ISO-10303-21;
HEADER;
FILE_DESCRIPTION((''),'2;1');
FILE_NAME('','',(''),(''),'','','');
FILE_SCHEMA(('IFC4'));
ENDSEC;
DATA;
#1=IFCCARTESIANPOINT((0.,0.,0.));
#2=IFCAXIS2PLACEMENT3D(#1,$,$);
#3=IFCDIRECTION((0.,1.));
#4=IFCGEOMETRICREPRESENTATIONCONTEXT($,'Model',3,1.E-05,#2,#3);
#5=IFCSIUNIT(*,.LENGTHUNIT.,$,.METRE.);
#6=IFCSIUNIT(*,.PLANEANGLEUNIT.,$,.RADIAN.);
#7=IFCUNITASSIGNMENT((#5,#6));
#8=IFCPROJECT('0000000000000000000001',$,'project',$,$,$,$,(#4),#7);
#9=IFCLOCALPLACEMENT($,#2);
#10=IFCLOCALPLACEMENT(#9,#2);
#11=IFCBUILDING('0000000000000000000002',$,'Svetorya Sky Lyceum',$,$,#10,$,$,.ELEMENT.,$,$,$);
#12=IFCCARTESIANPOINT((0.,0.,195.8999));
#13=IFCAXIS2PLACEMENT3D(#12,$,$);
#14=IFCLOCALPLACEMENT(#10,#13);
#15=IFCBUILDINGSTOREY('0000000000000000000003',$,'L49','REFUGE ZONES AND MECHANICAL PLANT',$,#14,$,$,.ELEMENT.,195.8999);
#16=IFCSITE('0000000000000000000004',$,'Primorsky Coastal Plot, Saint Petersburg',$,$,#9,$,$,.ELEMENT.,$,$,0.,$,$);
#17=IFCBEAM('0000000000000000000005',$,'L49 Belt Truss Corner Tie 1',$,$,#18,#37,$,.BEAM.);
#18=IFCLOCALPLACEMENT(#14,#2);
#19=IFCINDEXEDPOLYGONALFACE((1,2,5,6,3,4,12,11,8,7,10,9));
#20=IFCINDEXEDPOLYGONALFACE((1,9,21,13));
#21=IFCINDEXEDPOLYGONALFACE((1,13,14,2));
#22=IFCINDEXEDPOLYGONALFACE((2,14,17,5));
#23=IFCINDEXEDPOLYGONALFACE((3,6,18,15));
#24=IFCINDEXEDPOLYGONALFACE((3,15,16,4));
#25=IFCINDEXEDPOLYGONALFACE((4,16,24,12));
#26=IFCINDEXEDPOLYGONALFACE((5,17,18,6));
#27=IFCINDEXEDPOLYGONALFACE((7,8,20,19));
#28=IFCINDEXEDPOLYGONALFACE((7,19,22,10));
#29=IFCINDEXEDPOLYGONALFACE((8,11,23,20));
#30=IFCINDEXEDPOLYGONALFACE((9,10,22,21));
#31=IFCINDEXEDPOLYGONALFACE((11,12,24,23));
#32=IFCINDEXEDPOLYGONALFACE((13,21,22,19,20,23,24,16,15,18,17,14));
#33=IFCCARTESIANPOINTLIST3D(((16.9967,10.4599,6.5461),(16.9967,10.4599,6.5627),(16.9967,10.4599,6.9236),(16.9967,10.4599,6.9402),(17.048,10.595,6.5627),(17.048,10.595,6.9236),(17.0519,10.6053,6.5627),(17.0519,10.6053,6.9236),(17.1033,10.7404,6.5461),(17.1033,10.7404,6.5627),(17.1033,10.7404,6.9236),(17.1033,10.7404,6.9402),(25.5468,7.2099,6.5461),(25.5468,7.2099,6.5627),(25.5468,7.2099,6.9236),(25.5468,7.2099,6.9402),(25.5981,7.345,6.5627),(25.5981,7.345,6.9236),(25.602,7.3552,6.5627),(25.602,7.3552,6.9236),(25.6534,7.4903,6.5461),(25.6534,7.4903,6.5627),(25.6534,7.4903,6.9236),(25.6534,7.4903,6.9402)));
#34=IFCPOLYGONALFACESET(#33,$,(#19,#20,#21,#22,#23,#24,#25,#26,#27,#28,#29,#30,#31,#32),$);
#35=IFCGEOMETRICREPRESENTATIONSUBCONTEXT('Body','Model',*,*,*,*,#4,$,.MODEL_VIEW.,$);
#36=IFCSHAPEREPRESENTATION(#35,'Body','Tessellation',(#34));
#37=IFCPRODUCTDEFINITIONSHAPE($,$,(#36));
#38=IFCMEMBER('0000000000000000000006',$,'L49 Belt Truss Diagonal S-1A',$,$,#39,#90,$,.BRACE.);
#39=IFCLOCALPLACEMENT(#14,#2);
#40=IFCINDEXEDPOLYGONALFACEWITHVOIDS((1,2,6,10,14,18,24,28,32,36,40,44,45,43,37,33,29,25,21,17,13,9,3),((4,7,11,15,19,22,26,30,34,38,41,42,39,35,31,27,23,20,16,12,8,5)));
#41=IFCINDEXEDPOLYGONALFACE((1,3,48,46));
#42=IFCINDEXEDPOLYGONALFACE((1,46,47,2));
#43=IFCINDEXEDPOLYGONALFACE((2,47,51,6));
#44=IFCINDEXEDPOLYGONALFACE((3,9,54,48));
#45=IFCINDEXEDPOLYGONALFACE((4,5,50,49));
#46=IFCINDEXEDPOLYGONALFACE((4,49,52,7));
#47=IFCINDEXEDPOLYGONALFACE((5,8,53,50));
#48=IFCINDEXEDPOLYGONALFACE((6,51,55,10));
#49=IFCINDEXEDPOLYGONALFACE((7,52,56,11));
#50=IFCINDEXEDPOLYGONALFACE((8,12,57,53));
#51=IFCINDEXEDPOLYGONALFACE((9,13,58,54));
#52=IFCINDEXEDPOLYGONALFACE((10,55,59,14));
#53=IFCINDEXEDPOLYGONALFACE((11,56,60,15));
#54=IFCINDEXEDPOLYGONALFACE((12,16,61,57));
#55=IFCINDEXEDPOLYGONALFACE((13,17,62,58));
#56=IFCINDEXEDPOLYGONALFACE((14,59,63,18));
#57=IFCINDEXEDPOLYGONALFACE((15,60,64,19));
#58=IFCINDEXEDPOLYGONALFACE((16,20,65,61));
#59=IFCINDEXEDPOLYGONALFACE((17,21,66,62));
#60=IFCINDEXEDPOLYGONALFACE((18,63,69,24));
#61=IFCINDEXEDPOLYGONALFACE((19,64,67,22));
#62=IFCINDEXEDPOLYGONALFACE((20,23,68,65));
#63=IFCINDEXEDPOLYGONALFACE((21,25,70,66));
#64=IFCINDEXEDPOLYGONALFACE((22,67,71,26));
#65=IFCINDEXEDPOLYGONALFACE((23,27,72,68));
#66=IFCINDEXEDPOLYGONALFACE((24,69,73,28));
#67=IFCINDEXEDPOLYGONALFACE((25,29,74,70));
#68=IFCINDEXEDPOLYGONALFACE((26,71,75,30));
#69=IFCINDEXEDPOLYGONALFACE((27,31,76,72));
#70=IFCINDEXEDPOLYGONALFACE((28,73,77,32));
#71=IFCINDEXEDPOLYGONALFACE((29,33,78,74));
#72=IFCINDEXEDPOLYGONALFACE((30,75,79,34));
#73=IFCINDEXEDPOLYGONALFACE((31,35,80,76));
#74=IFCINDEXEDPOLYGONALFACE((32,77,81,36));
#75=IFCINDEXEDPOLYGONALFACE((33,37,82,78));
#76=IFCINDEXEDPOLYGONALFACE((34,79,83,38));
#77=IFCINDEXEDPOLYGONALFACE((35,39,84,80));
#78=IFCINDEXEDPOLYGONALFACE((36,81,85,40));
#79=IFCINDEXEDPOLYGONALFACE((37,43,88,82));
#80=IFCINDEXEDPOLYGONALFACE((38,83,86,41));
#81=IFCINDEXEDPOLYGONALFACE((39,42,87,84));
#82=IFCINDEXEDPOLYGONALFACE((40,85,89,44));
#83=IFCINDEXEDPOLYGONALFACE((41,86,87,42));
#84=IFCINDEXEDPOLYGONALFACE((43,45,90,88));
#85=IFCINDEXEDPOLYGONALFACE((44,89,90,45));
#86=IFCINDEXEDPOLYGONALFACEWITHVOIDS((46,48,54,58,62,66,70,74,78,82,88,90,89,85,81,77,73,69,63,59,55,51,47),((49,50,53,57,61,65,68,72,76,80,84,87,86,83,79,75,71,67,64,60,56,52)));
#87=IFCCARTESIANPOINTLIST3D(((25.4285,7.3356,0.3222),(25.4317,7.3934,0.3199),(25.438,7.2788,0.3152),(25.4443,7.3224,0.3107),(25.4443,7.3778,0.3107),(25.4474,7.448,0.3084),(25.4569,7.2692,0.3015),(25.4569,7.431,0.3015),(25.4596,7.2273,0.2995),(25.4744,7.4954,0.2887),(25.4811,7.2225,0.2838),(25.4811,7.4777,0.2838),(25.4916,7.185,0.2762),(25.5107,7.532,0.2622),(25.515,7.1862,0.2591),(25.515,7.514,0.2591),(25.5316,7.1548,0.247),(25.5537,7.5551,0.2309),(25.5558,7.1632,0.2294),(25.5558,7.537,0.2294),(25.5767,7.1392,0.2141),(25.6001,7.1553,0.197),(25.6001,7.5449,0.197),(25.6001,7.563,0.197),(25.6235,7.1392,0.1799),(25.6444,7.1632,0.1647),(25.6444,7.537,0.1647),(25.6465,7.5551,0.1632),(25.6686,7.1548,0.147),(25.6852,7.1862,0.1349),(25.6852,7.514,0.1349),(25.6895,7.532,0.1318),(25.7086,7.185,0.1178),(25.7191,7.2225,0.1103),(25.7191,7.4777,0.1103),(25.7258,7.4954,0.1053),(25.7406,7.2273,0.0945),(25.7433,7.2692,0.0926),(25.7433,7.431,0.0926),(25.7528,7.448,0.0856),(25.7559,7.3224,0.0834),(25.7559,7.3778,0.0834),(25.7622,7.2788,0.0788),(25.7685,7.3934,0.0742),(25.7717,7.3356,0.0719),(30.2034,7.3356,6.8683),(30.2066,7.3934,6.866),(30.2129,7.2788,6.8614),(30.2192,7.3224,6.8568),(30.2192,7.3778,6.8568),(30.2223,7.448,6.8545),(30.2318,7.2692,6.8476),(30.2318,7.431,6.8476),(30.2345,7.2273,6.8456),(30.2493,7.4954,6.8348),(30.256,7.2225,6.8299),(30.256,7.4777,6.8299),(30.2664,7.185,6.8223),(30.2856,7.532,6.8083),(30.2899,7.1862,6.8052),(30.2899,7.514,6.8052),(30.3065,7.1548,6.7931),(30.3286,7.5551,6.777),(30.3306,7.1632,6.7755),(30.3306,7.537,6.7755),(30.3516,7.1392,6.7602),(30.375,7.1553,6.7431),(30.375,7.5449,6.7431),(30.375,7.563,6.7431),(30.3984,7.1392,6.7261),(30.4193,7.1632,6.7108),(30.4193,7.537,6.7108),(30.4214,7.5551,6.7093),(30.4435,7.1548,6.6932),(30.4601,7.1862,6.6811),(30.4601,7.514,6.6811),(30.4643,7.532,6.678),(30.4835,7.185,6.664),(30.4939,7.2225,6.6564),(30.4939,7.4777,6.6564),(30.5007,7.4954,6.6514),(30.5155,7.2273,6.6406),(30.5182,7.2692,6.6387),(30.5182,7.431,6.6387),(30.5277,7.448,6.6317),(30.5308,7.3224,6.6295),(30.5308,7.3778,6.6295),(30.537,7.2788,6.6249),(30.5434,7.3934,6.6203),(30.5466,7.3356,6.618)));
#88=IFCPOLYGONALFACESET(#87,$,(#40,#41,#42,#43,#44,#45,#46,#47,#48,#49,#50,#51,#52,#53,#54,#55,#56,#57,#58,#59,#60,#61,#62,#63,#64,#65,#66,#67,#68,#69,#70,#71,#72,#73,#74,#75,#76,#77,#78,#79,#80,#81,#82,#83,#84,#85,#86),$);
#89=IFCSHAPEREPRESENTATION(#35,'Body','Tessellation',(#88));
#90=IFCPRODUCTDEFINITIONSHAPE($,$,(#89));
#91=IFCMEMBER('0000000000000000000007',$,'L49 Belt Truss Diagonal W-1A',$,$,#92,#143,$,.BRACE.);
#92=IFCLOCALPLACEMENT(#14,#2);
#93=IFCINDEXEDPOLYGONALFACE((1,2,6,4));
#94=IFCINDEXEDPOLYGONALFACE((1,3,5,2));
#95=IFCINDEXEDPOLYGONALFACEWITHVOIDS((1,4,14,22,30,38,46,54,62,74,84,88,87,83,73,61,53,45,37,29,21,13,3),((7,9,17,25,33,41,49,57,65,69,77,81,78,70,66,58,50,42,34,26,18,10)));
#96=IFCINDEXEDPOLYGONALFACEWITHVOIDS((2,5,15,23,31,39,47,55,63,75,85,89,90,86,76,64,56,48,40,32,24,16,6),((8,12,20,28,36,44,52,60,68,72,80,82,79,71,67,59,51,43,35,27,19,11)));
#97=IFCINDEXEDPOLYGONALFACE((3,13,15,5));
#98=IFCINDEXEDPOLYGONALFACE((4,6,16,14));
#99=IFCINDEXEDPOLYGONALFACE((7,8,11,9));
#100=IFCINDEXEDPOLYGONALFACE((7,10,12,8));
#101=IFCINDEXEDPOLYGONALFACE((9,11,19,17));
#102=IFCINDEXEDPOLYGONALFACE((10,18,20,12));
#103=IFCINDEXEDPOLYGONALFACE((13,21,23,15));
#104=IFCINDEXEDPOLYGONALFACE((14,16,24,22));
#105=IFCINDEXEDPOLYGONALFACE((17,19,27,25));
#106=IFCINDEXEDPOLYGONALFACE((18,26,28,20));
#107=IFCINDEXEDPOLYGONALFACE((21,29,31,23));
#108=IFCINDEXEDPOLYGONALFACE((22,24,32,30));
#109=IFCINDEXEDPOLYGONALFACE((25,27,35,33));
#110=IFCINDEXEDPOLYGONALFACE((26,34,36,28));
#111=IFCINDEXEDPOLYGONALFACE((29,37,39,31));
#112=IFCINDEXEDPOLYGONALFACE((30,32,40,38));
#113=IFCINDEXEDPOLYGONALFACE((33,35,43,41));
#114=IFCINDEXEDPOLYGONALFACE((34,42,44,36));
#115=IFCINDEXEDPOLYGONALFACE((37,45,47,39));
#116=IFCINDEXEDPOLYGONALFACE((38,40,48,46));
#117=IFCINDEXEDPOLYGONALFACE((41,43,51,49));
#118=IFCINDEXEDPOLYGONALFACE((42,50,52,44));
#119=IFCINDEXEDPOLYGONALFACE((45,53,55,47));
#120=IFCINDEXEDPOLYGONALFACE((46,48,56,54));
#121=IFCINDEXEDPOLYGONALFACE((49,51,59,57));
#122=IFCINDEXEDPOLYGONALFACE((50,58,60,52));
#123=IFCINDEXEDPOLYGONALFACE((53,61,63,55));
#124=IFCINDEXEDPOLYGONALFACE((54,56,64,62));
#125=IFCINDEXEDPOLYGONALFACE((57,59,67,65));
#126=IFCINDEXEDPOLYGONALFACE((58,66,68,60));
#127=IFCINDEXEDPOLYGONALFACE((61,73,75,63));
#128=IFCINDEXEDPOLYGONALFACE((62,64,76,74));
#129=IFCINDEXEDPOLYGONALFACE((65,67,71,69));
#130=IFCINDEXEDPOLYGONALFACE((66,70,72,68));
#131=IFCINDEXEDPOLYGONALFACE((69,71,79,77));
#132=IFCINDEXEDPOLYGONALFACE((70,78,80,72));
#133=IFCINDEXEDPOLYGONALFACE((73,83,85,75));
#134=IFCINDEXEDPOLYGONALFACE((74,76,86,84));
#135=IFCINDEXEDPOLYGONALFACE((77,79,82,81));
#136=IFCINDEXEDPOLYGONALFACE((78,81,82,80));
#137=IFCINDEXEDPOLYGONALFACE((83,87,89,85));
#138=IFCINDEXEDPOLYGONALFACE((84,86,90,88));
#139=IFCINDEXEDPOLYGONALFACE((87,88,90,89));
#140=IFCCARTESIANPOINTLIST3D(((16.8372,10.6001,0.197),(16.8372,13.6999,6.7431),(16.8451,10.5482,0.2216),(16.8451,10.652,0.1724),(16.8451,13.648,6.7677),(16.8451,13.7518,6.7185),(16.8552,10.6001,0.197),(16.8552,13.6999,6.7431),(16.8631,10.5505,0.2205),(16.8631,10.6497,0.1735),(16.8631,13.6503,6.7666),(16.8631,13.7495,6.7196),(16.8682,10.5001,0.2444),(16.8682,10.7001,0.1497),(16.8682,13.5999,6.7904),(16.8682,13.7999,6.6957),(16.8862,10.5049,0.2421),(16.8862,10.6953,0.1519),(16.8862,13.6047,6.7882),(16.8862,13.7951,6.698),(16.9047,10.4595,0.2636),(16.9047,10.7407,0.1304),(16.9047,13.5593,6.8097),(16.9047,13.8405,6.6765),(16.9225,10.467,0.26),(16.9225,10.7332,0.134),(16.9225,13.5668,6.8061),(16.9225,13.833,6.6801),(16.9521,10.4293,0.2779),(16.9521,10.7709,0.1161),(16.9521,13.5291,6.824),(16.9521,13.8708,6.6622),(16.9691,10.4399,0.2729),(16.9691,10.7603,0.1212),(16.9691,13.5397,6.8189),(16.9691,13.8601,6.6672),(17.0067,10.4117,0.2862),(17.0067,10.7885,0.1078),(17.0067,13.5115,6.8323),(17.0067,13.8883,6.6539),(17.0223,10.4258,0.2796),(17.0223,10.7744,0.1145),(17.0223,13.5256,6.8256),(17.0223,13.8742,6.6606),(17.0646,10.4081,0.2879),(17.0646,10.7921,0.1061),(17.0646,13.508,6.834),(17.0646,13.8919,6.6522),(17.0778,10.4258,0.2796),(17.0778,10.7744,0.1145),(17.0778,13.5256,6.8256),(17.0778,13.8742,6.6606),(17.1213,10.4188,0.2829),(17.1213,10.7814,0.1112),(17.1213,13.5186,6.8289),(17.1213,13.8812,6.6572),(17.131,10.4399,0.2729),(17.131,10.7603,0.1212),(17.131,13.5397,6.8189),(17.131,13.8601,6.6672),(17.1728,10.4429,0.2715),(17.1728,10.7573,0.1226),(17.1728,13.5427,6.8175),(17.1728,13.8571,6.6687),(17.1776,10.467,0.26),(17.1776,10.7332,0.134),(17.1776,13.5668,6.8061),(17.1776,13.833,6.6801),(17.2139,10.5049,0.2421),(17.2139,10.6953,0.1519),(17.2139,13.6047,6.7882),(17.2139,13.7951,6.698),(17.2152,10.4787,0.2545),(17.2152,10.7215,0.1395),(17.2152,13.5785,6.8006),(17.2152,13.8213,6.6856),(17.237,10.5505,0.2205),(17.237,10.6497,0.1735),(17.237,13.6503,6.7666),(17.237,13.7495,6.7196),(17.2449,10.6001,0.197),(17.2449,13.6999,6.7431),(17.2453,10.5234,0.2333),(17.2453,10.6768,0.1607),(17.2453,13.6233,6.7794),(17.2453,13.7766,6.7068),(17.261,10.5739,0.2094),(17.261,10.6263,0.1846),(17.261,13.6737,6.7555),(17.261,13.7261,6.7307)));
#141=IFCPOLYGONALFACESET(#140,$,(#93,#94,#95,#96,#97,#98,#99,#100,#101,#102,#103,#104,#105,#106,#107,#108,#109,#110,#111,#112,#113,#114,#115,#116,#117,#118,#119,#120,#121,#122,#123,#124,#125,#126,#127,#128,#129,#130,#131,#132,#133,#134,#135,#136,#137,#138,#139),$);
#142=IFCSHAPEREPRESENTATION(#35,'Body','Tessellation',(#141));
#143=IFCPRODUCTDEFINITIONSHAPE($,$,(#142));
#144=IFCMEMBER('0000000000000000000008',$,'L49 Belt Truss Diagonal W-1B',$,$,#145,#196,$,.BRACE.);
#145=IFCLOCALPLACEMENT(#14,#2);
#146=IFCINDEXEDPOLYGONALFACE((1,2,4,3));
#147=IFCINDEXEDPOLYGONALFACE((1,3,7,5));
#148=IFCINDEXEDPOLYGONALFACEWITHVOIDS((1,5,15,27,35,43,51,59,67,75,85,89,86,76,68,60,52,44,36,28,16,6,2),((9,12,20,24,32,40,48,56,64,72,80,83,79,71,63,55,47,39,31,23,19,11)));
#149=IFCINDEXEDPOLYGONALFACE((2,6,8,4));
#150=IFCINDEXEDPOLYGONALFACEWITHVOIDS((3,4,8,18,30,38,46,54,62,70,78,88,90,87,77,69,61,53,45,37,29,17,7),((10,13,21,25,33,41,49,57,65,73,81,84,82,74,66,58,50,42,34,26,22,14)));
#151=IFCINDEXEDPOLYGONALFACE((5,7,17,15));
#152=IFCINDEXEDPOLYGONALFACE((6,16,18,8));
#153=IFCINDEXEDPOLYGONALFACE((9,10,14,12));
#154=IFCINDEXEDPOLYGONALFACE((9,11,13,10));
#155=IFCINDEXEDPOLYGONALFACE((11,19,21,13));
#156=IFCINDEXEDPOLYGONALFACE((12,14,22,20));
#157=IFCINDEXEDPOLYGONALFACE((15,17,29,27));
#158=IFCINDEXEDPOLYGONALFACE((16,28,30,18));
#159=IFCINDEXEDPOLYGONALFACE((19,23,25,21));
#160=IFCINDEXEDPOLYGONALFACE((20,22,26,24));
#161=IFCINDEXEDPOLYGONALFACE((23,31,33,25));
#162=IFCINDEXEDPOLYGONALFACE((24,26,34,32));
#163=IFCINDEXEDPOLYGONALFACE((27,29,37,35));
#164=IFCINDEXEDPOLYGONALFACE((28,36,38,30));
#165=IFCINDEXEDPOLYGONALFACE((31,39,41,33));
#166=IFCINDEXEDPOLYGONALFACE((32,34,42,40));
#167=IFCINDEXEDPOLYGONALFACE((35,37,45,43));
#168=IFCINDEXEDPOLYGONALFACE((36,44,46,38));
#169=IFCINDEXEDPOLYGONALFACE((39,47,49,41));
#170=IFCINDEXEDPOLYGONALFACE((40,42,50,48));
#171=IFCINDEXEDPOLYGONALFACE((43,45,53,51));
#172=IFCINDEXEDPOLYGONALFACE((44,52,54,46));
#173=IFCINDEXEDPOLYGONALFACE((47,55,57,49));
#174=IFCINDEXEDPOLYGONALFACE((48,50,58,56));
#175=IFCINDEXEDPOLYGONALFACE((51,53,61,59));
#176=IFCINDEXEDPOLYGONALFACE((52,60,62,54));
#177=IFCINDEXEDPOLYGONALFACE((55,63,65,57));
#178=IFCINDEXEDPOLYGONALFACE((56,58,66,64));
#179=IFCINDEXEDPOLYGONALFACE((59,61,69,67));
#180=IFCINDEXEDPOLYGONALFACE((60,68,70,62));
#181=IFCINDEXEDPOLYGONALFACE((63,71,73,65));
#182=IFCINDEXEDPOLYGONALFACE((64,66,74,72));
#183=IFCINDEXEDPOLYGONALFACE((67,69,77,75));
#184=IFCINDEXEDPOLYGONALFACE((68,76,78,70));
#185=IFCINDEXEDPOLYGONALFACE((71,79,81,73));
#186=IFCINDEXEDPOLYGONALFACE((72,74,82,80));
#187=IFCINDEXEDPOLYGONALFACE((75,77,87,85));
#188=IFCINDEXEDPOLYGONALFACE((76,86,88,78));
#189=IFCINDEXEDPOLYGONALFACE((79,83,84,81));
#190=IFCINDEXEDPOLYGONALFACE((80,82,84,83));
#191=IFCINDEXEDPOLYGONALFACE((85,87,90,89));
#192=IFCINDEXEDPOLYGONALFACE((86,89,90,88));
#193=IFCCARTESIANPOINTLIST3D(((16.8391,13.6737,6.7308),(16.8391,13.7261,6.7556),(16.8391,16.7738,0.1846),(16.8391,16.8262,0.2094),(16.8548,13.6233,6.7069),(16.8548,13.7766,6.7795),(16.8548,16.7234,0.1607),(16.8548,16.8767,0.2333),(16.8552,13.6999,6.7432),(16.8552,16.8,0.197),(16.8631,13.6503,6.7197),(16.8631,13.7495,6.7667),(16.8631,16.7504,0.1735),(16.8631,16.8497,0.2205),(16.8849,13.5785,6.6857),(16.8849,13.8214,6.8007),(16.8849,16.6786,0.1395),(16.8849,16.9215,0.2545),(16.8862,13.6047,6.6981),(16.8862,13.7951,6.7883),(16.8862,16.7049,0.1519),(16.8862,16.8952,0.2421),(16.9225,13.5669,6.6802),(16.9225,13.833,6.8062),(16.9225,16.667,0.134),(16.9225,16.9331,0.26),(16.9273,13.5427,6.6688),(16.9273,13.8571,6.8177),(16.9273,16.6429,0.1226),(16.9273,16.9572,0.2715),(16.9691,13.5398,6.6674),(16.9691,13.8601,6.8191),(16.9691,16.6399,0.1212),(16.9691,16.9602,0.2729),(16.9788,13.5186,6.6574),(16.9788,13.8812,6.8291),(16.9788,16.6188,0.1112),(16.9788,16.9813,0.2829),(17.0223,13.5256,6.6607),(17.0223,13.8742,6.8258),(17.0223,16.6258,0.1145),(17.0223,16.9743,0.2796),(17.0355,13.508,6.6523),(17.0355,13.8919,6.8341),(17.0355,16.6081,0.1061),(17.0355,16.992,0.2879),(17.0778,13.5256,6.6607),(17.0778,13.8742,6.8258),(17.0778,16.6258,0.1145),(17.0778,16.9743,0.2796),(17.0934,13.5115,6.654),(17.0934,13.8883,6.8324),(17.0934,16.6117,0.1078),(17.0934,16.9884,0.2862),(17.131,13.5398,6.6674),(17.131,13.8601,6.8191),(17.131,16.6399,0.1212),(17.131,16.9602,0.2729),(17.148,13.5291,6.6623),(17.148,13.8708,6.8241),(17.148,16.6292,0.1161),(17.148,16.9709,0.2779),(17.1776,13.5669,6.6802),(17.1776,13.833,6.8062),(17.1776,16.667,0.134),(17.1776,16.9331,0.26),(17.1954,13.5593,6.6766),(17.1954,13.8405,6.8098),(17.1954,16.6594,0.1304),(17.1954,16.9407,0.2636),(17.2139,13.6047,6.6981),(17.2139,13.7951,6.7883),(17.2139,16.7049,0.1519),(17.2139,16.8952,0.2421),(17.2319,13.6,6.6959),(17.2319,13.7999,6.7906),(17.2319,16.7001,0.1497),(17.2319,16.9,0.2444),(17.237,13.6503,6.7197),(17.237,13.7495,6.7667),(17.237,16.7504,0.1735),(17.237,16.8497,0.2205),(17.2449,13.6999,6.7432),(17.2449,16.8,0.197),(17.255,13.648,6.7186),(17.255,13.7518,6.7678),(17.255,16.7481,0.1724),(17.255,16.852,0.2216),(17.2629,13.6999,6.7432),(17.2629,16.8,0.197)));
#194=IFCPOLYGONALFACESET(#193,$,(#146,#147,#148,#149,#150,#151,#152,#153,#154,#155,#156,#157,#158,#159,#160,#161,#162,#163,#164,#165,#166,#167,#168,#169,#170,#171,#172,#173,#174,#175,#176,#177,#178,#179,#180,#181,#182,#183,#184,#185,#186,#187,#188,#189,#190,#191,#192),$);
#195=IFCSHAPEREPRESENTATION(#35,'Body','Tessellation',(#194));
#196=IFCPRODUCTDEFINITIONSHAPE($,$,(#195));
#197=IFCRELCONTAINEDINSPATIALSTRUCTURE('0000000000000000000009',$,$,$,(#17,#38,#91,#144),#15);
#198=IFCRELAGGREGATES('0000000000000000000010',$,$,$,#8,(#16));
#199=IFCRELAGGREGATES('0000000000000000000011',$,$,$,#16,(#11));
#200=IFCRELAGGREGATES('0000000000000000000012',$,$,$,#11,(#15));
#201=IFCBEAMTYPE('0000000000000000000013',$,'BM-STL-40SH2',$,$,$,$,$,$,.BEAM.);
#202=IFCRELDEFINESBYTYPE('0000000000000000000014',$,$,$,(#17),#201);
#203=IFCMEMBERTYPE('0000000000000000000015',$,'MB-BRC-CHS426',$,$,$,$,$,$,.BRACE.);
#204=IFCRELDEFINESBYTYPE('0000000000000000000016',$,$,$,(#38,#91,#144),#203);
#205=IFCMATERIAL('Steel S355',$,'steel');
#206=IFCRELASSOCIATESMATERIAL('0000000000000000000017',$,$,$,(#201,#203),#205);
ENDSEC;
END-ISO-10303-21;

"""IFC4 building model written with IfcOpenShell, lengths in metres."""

from ifc_helpers import new_model, si_unit, direction, frame, origin, origin_2d, place, context, subcontext, project, spatial, hollow_circle, i_section, extrude, material, material_profile, profile_set, type_object, element, save


model = new_model("IFC4")

# Units and contexts
model_context = context("Model", 3, precision=1e-05, world=origin(), true_north=direction((0.0, 1.0)))
body_context = subcontext(model_context, "Body", "Model", "MODEL_VIEW")
ifc_project = project(units=[si_unit("LENGTHUNIT", "METRE"), si_unit("PLANEANGLEUNIT", "RADIAN")], contexts=[model_context])

# Site, building, storey
site_placement = place(None, origin())
site = spatial("IfcSite", under=ifc_project, at=site_placement, Name="Primorsky Coastal Plot, Saint Petersburg", CompositionType="ELEMENT", RefElevation=0.0)
building_placement = place(site_placement, origin())
building = spatial("IfcBuilding", under=site, at=building_placement, Name="Svetorya Sky Lyceum", CompositionType="ELEMENT")
storey_placement = place(building_placement, frame((0.0, 0.0, 195.8999)))
storey = spatial("IfcBuildingStorey", under=building, at=storey_placement, Name="L49", Description="REFUGE ZONES AND MECHANICAL PLANT", CompositionType="ELEMENT", Elevation=195.8999)

# Beam
ifc_material_1 = material(Name="Steel S355", Category="steel")
ifc_material_profile_1 = material_profile(ifc_material_1, i_section(OverallWidth=0.3, OverallDepth=0.394, WebThickness=0.011, FlangeThickness=0.0166, at=origin_2d()), Name="GOST 40Sh2")
ifc_profile_set_1 = profile_set([ifc_material_profile_1], Name="Steel S355")
beam_type_1 = type_object("IfcBeamType", Name="BM-STL-40SH2", PredefinedType="BEAM", material=ifc_profile_set_1)
beam_1_placement = place(storey_placement, frame((25.6001, 7.3501, 6.7432), z_axis=(-0.934748, 0.355312, 0.0), x_axis=(-0.355312, -0.934748, 0.0)))
element("IfcBeam", 1, at=beam_1_placement, inside=storey, type_object=beam_type_1, Name="L49 Belt Truss Corner Tie 1", PredefinedType="BEAM", context=body_context, shape_type="SweptSolid", body=[
    extrude(i_section(OverallWidth=0.3, OverallDepth=0.394, WebThickness=0.011, FlangeThickness=0.0166, at=origin_2d()), origin(), (0.0, 0.0, 1.0), 9.147),
])

# Members
ifc_material_profile_2 = material_profile(ifc_material_1, hollow_circle(Radius=0.2129, WallThickness=0.0181, at=origin_2d()), Name="CHS 426x18")
ifc_profile_set_2 = profile_set([ifc_material_profile_2], Name="Steel S355")
member_type_1 = type_object("IfcMemberType", Name="MB-BRC-CHS426", PredefinedType="BRACE", material=ifc_profile_set_2)
member_1_placement = place(storey_placement, frame((25.6001, 7.3501, 0.197), z_axis=(0.589307, 0.0, 0.807909), x_axis=(0.0, 1.0, 0.0)))
element("IfcMember", 2, at=member_1_placement, inside=storey, type_object=member_type_1, Name="L49 Belt Truss Diagonal S-1A", PredefinedType="BRACE", context=body_context, shape_type="SweptSolid", body=[
    extrude(hollow_circle(Radius=0.2129, WallThickness=0.0181, at=origin_2d()), origin(), (0.0, 0.0, 1.0), 8.1025),
])
member_2_placement = place(storey_placement, frame((17.05, 10.6001, 0.197), z_axis=(0.0, 0.427979, 0.903789), x_axis=(-1.0, 0.0, 0.0)))
element("IfcMember", 3, at=member_2_placement, inside=storey, type_object=member_type_1, Name="L49 Belt Truss Diagonal W-1A", PredefinedType="BRACE", context=body_context, shape_type="SweptSolid", body=[
    extrude(hollow_circle(Radius=0.2129, WallThickness=0.0181, at=origin_2d()), origin(), (0.0, 0.0, 1.0), 7.2429),
])
member_3_placement = place(storey_placement, frame((17.05, 16.8, 0.197), z_axis=(0.0, -0.428007, 0.903776), x_axis=(1.0, 0.0, 0.0)))
element("IfcMember", 4, at=member_3_placement, inside=storey, type_object=member_type_1, Name="L49 Belt Truss Diagonal W-1B", PredefinedType="BRACE", context=body_context, shape_type="SweptSolid", body=[
    extrude(hollow_circle(Radius=0.2129, WallThickness=0.0181, at=origin_2d()), origin(), (0.0, 0.0, 1.0), 7.2432),
])

save(model, "model.ifc")
